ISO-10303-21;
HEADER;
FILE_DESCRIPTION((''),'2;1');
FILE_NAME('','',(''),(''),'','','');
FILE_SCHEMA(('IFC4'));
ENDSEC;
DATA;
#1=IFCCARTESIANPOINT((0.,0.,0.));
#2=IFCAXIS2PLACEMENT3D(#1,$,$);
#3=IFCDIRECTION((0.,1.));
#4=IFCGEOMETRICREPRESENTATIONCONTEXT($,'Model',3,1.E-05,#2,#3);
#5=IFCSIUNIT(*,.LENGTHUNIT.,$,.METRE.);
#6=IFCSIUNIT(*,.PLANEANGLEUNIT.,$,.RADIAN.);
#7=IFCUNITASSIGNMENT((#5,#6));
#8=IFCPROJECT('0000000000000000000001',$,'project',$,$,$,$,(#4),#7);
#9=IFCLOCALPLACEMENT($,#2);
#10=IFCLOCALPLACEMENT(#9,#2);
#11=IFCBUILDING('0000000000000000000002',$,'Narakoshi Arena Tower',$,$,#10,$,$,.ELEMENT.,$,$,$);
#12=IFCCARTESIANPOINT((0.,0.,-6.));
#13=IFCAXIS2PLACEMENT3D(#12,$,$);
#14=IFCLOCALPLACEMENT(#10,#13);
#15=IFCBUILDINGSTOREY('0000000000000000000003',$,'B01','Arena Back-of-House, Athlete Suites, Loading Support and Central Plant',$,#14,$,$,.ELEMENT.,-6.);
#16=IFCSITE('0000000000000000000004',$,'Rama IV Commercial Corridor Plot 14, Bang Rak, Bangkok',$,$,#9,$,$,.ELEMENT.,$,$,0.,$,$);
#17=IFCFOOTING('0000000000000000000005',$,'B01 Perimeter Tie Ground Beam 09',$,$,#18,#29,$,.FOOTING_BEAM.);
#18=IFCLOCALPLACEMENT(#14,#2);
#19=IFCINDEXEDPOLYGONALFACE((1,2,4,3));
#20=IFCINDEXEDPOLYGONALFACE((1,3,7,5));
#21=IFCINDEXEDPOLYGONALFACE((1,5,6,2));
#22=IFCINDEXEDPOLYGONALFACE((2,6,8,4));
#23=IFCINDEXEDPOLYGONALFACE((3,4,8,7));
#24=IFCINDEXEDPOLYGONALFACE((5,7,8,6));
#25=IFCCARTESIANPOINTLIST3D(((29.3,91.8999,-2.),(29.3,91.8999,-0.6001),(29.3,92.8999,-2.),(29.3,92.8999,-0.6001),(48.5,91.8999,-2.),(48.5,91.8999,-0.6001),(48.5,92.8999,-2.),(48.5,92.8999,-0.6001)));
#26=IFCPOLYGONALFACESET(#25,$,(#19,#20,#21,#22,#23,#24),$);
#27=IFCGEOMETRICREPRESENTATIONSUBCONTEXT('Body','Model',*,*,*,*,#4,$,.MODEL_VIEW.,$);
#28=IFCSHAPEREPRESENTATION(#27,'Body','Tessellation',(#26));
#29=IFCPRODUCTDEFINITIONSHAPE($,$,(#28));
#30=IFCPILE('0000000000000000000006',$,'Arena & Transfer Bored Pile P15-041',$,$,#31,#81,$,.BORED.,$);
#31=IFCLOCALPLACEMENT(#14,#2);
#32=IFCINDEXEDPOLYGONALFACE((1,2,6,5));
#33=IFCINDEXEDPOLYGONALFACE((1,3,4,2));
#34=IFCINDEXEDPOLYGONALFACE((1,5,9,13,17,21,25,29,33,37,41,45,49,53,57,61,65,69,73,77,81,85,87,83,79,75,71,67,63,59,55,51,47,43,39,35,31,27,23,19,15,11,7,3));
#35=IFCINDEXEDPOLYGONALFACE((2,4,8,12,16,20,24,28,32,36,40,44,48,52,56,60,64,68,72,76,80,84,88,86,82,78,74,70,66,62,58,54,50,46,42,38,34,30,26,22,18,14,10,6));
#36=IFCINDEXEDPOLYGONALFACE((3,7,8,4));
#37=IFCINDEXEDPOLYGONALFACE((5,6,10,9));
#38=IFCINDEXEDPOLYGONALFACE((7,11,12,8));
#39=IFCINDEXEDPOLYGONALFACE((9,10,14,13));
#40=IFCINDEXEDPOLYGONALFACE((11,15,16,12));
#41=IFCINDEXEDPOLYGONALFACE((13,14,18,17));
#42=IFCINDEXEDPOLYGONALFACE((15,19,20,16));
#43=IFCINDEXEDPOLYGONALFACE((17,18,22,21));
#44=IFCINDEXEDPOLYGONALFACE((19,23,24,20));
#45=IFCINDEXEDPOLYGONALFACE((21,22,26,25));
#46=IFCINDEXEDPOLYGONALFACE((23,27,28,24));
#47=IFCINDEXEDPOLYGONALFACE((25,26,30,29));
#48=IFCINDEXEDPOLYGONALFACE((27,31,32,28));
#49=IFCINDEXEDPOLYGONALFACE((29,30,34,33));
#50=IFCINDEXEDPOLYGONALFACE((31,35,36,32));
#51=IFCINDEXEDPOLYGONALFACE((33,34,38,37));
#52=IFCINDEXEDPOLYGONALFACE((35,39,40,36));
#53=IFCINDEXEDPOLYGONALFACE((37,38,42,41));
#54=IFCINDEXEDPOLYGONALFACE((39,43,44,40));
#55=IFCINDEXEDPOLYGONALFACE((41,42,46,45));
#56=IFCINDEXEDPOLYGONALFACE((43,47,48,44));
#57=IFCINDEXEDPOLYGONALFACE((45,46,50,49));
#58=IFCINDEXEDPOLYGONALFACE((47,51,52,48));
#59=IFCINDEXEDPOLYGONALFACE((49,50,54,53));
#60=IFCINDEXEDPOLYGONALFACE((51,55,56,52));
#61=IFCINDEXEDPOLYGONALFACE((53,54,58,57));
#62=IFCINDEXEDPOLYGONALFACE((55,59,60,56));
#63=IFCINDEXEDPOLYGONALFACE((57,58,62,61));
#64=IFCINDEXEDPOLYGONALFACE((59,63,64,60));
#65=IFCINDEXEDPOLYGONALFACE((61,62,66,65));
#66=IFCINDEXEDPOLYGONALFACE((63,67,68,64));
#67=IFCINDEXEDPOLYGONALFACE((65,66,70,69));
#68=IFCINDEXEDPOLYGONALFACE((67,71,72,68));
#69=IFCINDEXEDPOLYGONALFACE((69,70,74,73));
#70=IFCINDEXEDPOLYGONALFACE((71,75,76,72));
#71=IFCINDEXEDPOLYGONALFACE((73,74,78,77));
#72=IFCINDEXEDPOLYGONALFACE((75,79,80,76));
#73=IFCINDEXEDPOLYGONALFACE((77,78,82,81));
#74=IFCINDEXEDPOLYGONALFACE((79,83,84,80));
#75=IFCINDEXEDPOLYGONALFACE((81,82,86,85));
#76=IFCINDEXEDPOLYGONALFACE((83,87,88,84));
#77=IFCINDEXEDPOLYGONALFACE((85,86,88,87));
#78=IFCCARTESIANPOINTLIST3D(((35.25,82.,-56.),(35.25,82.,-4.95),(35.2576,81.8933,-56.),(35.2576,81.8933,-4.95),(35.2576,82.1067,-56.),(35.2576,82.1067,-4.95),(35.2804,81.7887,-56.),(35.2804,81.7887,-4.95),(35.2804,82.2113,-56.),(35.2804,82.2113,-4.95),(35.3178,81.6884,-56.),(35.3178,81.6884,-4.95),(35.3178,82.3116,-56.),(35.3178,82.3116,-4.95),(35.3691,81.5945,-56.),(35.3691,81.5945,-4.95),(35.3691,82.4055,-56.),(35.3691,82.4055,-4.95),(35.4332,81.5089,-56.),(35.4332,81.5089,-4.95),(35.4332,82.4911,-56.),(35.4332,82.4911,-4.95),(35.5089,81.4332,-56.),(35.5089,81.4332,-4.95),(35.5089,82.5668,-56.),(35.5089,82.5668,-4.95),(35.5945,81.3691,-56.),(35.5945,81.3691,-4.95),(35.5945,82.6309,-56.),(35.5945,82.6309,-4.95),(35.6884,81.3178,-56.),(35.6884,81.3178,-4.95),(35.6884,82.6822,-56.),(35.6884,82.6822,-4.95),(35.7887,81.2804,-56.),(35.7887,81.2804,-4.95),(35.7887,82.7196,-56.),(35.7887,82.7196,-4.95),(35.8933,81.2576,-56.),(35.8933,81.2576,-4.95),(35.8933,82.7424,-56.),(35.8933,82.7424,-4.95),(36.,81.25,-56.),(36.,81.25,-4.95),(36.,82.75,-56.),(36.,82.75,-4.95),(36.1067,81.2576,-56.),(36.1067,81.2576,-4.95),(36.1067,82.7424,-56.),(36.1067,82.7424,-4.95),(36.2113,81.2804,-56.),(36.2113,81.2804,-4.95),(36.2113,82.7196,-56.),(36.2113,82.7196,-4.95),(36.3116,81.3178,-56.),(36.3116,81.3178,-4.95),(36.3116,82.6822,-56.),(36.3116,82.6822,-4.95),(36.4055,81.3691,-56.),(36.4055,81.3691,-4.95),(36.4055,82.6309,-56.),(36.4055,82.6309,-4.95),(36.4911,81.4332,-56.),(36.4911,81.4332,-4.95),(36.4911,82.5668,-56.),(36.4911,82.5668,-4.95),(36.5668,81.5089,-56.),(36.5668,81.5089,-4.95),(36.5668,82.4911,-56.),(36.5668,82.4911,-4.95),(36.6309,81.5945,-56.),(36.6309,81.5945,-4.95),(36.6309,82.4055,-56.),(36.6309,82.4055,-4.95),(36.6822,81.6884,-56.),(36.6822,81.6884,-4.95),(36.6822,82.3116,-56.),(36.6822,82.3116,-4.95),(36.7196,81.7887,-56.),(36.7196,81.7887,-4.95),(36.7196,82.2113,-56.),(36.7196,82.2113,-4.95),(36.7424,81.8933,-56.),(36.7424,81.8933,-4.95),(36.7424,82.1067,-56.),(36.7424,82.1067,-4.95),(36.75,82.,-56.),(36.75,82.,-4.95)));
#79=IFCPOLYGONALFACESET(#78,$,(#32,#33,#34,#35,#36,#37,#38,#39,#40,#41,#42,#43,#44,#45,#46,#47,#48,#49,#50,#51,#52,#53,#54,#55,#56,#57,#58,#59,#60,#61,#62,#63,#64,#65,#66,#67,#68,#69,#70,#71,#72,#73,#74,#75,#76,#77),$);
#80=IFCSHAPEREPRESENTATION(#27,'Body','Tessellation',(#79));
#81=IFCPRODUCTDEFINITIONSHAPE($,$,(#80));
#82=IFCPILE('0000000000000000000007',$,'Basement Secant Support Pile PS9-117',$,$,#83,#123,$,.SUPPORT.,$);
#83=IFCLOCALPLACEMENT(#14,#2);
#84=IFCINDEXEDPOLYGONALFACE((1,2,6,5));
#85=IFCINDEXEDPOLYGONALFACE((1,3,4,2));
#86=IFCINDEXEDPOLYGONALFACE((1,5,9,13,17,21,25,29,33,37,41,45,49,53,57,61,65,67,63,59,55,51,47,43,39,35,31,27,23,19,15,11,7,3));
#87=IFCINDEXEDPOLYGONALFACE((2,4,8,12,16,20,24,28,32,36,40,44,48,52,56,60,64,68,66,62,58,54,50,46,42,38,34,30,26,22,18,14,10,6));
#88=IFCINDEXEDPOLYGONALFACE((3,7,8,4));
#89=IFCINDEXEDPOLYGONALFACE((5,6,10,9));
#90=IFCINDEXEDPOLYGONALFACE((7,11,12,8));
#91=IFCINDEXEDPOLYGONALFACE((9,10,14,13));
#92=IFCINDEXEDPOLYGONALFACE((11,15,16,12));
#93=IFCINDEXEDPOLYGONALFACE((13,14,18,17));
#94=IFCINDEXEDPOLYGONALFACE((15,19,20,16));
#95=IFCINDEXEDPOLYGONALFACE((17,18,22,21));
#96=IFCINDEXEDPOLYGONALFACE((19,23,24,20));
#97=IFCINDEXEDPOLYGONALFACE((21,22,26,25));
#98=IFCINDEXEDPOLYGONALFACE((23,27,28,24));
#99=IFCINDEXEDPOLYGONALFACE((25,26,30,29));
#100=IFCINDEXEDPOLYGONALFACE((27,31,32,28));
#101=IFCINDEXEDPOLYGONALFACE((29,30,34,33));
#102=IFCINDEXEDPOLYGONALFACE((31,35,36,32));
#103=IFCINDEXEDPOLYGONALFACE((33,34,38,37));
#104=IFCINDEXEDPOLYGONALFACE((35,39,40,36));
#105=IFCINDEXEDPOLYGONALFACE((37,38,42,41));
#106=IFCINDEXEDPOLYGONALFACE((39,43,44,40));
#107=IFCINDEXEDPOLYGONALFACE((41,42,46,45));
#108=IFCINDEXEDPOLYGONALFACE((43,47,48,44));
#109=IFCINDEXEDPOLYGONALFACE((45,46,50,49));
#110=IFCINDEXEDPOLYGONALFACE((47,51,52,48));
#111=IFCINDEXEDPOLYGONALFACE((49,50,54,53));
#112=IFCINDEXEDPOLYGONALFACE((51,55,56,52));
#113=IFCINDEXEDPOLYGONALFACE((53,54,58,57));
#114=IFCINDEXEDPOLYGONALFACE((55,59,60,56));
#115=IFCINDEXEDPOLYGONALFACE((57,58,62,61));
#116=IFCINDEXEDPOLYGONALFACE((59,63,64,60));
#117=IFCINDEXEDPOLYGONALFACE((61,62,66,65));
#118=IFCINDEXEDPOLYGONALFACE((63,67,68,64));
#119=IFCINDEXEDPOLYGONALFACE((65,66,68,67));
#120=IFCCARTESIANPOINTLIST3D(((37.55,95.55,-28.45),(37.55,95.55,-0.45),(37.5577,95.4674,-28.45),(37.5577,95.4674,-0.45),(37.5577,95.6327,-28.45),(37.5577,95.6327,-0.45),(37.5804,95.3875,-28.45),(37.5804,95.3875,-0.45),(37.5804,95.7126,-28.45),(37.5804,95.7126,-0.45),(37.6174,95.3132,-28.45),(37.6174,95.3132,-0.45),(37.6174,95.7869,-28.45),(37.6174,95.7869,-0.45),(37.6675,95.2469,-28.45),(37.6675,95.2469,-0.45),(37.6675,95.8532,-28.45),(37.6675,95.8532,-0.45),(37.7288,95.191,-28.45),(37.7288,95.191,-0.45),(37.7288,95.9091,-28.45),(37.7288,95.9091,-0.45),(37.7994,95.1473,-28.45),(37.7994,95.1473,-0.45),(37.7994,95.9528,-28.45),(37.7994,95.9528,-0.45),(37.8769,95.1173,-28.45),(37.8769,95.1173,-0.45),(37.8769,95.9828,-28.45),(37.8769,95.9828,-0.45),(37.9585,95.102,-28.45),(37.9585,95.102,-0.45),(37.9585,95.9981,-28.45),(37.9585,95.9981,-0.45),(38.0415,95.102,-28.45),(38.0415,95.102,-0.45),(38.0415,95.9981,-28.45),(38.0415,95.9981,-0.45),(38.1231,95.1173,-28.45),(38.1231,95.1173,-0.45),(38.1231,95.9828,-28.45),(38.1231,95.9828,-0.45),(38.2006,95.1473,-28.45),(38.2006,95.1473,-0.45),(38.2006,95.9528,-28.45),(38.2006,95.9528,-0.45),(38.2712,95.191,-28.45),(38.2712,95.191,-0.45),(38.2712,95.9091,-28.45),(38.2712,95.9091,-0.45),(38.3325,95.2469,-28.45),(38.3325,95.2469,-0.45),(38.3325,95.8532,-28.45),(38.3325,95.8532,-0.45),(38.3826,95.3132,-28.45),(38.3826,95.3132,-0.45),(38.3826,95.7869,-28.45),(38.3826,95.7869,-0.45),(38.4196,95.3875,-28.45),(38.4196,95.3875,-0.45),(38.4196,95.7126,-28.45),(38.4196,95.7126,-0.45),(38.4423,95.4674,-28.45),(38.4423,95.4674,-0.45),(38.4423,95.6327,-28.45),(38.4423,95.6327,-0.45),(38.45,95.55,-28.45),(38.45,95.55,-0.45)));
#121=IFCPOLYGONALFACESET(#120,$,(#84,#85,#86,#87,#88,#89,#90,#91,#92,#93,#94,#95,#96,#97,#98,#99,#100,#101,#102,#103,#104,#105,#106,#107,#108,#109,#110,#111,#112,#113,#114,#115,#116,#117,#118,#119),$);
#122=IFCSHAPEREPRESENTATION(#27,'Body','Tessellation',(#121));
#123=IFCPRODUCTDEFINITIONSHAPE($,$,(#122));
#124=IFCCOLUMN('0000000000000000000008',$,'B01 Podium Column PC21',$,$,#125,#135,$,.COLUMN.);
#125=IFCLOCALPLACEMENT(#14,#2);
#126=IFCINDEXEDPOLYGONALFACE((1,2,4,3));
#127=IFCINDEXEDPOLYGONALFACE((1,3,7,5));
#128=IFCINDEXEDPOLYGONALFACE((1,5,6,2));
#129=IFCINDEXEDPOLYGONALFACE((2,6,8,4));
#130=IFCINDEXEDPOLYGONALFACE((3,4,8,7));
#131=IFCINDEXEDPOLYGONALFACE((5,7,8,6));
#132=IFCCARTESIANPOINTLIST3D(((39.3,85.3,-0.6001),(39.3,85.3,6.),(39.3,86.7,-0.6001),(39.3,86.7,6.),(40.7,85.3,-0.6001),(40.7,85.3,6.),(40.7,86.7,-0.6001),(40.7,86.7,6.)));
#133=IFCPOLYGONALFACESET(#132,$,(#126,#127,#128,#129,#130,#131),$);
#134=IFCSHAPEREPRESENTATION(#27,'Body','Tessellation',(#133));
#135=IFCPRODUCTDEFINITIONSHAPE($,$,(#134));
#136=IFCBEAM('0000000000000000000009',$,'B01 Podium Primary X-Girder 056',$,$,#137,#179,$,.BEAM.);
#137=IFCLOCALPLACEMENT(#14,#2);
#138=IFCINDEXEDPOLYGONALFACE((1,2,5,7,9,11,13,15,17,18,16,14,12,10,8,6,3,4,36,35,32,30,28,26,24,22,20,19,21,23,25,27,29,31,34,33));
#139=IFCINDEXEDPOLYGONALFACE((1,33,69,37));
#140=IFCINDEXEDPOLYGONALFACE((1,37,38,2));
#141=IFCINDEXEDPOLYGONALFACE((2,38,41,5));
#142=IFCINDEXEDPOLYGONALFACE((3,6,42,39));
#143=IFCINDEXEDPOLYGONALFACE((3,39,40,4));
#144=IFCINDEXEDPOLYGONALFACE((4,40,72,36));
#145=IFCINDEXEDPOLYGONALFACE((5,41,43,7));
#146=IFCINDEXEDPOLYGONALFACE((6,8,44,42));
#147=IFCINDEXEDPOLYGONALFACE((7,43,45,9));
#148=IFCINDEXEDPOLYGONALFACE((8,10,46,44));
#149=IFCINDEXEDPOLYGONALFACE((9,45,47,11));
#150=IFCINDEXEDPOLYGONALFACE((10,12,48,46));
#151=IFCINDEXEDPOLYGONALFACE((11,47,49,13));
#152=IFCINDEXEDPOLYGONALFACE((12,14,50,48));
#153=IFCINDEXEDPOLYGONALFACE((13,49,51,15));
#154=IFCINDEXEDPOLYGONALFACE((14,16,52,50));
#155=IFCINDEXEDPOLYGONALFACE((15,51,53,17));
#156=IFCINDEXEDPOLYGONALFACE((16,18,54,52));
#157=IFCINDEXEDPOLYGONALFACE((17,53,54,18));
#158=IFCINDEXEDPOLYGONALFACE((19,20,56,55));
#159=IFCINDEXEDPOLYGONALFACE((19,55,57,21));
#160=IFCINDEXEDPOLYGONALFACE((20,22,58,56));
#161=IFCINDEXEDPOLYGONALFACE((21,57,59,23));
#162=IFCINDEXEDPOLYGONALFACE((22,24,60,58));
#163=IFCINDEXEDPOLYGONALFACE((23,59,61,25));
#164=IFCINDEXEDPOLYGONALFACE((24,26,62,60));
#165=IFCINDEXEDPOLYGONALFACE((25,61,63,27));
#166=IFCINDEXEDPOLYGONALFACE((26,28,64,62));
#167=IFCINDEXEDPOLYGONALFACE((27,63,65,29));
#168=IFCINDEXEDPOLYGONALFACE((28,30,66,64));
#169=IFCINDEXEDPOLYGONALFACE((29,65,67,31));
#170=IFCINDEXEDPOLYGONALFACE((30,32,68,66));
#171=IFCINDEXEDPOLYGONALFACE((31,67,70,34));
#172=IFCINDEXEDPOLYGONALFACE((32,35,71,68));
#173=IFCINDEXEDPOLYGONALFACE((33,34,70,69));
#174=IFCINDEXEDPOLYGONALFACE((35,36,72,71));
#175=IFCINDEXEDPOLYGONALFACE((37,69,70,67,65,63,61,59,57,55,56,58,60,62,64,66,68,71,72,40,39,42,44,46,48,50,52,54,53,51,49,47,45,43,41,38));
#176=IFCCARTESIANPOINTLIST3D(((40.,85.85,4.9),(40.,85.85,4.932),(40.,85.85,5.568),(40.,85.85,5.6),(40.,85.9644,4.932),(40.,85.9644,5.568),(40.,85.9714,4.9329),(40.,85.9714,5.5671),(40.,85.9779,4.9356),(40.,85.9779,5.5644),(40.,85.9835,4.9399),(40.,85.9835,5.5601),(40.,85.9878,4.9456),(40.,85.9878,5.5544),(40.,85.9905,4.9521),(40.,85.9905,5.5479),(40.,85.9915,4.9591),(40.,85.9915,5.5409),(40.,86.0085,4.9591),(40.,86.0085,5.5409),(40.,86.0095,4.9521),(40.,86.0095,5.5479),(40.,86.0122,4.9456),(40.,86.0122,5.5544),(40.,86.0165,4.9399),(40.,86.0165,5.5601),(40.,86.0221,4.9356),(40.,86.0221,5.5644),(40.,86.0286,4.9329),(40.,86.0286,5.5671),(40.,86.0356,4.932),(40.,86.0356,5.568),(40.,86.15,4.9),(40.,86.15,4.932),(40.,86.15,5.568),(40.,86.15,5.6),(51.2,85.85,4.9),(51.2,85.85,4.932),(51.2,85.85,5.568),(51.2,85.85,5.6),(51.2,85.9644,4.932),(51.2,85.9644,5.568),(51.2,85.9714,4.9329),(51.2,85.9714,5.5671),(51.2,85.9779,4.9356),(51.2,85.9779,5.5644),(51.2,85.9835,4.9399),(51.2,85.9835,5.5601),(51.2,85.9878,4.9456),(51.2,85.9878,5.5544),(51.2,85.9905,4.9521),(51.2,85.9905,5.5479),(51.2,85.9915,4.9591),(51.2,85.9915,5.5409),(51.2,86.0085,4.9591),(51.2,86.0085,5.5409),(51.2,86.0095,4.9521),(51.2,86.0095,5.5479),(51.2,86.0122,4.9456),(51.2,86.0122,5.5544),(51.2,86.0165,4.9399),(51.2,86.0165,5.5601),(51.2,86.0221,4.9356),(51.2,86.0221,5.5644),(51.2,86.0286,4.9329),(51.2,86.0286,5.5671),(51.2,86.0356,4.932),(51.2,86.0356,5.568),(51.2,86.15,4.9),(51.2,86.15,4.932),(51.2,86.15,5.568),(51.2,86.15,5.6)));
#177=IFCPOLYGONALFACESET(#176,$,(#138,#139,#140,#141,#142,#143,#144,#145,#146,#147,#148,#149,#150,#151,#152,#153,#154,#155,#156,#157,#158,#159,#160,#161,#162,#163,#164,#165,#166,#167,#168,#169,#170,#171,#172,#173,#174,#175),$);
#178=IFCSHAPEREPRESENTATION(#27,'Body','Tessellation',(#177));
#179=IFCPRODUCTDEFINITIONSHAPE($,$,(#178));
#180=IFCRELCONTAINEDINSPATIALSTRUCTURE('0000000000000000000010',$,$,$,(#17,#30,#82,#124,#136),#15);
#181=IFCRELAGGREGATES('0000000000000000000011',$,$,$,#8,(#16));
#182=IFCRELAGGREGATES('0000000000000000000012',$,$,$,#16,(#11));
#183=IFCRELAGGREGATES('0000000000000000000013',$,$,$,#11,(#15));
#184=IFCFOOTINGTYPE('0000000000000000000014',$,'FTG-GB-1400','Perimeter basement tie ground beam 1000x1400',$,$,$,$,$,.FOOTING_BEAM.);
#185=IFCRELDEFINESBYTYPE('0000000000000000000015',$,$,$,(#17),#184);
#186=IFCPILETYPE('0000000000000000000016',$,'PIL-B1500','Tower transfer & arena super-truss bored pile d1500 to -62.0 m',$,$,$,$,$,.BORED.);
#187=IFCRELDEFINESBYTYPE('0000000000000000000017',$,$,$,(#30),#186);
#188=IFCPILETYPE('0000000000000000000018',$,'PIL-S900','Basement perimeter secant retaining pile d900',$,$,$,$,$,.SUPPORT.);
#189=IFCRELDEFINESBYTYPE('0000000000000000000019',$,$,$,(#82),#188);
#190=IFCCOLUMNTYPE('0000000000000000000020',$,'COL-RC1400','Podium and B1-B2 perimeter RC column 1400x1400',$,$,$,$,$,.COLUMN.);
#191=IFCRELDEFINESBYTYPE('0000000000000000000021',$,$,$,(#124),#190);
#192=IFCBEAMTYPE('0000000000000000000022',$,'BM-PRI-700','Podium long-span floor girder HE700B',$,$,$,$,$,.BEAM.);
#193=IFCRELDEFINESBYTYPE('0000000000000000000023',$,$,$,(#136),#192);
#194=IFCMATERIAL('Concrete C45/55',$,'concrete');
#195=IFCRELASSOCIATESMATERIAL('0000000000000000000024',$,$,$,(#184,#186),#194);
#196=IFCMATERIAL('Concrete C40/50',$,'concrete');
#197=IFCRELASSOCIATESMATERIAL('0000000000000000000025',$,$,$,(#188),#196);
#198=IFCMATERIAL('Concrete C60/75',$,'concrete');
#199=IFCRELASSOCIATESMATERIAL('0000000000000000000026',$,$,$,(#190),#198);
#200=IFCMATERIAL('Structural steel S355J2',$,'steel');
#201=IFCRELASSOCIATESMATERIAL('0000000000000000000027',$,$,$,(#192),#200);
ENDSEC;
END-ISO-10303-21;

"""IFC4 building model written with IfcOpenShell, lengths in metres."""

from ifc_helpers import new_model, si_unit, direction, frame, origin, origin_2d, place, context, subcontext, project, spatial, rectangle, circle, i_section, extrude, material, material_profile, profile_set, type_object, element, save


model = new_model("IFC4")

# Units and contexts
model_context = context("Model", 3, precision=1e-05, world=origin(), true_north=direction((0.0, 1.0)))
body_context = subcontext(model_context, "Body", "Model", "MODEL_VIEW")
ifc_project = project(units=[si_unit("LENGTHUNIT", "METRE"), si_unit("PLANEANGLEUNIT", "RADIAN")], contexts=[model_context])

# Site, building, storey
site_placement = place(None, origin())
site = spatial("IfcSite", under=ifc_project, at=site_placement, Name="Rama IV Commercial Corridor Plot 14, Bang Rak, Bangkok", CompositionType="ELEMENT", RefElevation=0.0)
building_placement = place(site_placement, origin())
building = spatial("IfcBuilding", under=site, at=building_placement, Name="Narakoshi Arena Tower", CompositionType="ELEMENT")
storey_placement = place(building_placement, frame((0.0, 0.0, -6.0)))
storey = spatial("IfcBuildingStorey", under=building, at=storey_placement, Name="B01", Description="Arena Back-of-House, Athlete Suites, Loading Support and Central Plant", CompositionType="ELEMENT", Elevation=-6.0)

# Footing
ifc_material_1 = material(Name="Concrete C45/55", Category="concrete")
ifc_material_profile_1 = material_profile(ifc_material_1, rectangle(XDim=1.0, YDim=1.3999, at=origin_2d()), Name="RGB1000x1400")
ifc_profile_set_1 = profile_set([ifc_material_profile_1], Name="Concrete C45/55")
footing_type = type_object("IfcFootingType", Name="FTG-GB-1400", Description="Perimeter basement tie ground beam 1000x1400", PredefinedType="FOOTING_BEAM", material=ifc_profile_set_1)
footing_placement = place(storey_placement, frame((29.3, 92.3999, -1.3), z_axis=(1.0, 0.0, 0.0), x_axis=(0.0, 1.0, 0.0)))
element("IfcFooting", 1, at=footing_placement, inside=storey, type_object=footing_type, Name="B01 Perimeter Tie Ground Beam 09", PredefinedType="FOOTING_BEAM", context=body_context, shape_type="SweptSolid", body=[
    extrude(rectangle(XDim=1.0, YDim=1.3999, at=origin_2d()), origin(), (0.0, 0.0, 1.0), 19.2),
])

# Piles
ifc_material_profile_2 = material_profile(ifc_material_1, circle(Radius=0.75, at=origin_2d()), Name="PILE-D1500")
ifc_profile_set_2 = profile_set([ifc_material_profile_2], Name="Concrete C45/55")
pile_type_1 = type_object("IfcPileType", Name="PIL-B1500", Description="Tower transfer & arena super-truss bored pile d1500 to -62.0 m", PredefinedType="BORED", material=ifc_profile_set_2)
pile_1_placement = place(storey_placement, frame((36.0, 82.0, -4.95), z_axis=(0.0, 0.0, -1.0), x_axis=(1.0, 0.0, 0.0)))
element("IfcPile", 2, at=pile_1_placement, inside=storey, type_object=pile_type_1, Name="Arena & Transfer Bored Pile P15-041", PredefinedType="BORED", context=body_context, shape_type="SweptSolid", body=[
    extrude(circle(Radius=0.75, at=origin_2d()), origin(), (0.0, 0.0, 1.0), 51.05),
])
ifc_material_2 = material(Name="Concrete C40/50", Category="concrete")
ifc_material_profile_3 = material_profile(ifc_material_2, circle(Radius=0.45, at=origin_2d()), Name="PILE-D900")
ifc_profile_set_3 = profile_set([ifc_material_profile_3], Name="Concrete C40/50")
pile_type_2 = type_object("IfcPileType", Name="PIL-S900", Description="Basement perimeter secant retaining pile d900", PredefinedType="SUPPORT", material=ifc_profile_set_3)
pile_2_placement = place(storey_placement, frame((38.0, 95.55, -0.45), z_axis=(0.0, 0.0, -1.0), x_axis=(1.0, 0.0, 0.0)))
element("IfcPile", 3, at=pile_2_placement, inside=storey, type_object=pile_type_2, Name="Basement Secant Support Pile PS9-117", PredefinedType="SUPPORT", context=body_context, shape_type="SweptSolid", body=[
    extrude(circle(Radius=0.45, at=origin_2d()), origin(), (0.0, 0.0, 1.0), 28.0),
])

# Column
ifc_material_3 = material(Name="Concrete C60/75", Category="concrete")
ifc_material_profile_4 = material_profile(ifc_material_3, rectangle(XDim=1.3999, YDim=1.3999, at=origin_2d()), Name="RC1400x1400")
ifc_profile_set_4 = profile_set([ifc_material_profile_4], Name="Concrete C60/75")
column_type = type_object("IfcColumnType", Name="COL-RC1400", Description="Podium and B1-B2 perimeter RC column 1400x1400", PredefinedType="COLUMN", material=ifc_profile_set_4)
column_placement = place(storey_placement, frame((40.0, 86.0, -0.6001), z_axis=(0.0, 0.0, 1.0), x_axis=(1.0, 0.0, 0.0)))
element("IfcColumn", 4, at=column_placement, inside=storey, type_object=column_type, Name="B01 Podium Column PC21", PredefinedType="COLUMN", context=body_context, shape_type="SweptSolid", body=[
    extrude(rectangle(XDim=1.3999, YDim=1.3999, at=origin_2d()), origin(), (0.0, 0.0, 1.0), 6.6001),
])

# Beam
ifc_material_4 = material(Name="Structural steel S355J2", Category="steel")
ifc_material_profile_5 = material_profile(ifc_material_4, i_section(OverallWidth=0.3, OverallDepth=0.7, WebThickness=0.0171, FlangeThickness=0.032, FilletRadius=0.0271, at=origin_2d()), Name="HE700B")
ifc_profile_set_5 = profile_set([ifc_material_profile_5], Name="Structural steel S355J2")
beam_type = type_object("IfcBeamType", Name="BM-PRI-700", Description="Podium long-span floor girder HE700B", PredefinedType="BEAM", material=ifc_profile_set_5)
beam_placement = place(storey_placement, frame((40.0, 86.0, 5.25), z_axis=(1.0, 0.0, 0.0), x_axis=(0.0, 1.0, 0.0)))
element("IfcBeam", 5, at=beam_placement, inside=storey, type_object=beam_type, Name="B01 Podium Primary X-Girder 056", PredefinedType="BEAM", context=body_context, shape_type="SweptSolid", body=[
    extrude(i_section(OverallWidth=0.3, OverallDepth=0.7, WebThickness=0.0171, FlangeThickness=0.032, FilletRadius=0.0271, at=origin_2d()), origin(), (0.0, 0.0, 1.0), 11.2),
])

save(model, "model.ifc")
